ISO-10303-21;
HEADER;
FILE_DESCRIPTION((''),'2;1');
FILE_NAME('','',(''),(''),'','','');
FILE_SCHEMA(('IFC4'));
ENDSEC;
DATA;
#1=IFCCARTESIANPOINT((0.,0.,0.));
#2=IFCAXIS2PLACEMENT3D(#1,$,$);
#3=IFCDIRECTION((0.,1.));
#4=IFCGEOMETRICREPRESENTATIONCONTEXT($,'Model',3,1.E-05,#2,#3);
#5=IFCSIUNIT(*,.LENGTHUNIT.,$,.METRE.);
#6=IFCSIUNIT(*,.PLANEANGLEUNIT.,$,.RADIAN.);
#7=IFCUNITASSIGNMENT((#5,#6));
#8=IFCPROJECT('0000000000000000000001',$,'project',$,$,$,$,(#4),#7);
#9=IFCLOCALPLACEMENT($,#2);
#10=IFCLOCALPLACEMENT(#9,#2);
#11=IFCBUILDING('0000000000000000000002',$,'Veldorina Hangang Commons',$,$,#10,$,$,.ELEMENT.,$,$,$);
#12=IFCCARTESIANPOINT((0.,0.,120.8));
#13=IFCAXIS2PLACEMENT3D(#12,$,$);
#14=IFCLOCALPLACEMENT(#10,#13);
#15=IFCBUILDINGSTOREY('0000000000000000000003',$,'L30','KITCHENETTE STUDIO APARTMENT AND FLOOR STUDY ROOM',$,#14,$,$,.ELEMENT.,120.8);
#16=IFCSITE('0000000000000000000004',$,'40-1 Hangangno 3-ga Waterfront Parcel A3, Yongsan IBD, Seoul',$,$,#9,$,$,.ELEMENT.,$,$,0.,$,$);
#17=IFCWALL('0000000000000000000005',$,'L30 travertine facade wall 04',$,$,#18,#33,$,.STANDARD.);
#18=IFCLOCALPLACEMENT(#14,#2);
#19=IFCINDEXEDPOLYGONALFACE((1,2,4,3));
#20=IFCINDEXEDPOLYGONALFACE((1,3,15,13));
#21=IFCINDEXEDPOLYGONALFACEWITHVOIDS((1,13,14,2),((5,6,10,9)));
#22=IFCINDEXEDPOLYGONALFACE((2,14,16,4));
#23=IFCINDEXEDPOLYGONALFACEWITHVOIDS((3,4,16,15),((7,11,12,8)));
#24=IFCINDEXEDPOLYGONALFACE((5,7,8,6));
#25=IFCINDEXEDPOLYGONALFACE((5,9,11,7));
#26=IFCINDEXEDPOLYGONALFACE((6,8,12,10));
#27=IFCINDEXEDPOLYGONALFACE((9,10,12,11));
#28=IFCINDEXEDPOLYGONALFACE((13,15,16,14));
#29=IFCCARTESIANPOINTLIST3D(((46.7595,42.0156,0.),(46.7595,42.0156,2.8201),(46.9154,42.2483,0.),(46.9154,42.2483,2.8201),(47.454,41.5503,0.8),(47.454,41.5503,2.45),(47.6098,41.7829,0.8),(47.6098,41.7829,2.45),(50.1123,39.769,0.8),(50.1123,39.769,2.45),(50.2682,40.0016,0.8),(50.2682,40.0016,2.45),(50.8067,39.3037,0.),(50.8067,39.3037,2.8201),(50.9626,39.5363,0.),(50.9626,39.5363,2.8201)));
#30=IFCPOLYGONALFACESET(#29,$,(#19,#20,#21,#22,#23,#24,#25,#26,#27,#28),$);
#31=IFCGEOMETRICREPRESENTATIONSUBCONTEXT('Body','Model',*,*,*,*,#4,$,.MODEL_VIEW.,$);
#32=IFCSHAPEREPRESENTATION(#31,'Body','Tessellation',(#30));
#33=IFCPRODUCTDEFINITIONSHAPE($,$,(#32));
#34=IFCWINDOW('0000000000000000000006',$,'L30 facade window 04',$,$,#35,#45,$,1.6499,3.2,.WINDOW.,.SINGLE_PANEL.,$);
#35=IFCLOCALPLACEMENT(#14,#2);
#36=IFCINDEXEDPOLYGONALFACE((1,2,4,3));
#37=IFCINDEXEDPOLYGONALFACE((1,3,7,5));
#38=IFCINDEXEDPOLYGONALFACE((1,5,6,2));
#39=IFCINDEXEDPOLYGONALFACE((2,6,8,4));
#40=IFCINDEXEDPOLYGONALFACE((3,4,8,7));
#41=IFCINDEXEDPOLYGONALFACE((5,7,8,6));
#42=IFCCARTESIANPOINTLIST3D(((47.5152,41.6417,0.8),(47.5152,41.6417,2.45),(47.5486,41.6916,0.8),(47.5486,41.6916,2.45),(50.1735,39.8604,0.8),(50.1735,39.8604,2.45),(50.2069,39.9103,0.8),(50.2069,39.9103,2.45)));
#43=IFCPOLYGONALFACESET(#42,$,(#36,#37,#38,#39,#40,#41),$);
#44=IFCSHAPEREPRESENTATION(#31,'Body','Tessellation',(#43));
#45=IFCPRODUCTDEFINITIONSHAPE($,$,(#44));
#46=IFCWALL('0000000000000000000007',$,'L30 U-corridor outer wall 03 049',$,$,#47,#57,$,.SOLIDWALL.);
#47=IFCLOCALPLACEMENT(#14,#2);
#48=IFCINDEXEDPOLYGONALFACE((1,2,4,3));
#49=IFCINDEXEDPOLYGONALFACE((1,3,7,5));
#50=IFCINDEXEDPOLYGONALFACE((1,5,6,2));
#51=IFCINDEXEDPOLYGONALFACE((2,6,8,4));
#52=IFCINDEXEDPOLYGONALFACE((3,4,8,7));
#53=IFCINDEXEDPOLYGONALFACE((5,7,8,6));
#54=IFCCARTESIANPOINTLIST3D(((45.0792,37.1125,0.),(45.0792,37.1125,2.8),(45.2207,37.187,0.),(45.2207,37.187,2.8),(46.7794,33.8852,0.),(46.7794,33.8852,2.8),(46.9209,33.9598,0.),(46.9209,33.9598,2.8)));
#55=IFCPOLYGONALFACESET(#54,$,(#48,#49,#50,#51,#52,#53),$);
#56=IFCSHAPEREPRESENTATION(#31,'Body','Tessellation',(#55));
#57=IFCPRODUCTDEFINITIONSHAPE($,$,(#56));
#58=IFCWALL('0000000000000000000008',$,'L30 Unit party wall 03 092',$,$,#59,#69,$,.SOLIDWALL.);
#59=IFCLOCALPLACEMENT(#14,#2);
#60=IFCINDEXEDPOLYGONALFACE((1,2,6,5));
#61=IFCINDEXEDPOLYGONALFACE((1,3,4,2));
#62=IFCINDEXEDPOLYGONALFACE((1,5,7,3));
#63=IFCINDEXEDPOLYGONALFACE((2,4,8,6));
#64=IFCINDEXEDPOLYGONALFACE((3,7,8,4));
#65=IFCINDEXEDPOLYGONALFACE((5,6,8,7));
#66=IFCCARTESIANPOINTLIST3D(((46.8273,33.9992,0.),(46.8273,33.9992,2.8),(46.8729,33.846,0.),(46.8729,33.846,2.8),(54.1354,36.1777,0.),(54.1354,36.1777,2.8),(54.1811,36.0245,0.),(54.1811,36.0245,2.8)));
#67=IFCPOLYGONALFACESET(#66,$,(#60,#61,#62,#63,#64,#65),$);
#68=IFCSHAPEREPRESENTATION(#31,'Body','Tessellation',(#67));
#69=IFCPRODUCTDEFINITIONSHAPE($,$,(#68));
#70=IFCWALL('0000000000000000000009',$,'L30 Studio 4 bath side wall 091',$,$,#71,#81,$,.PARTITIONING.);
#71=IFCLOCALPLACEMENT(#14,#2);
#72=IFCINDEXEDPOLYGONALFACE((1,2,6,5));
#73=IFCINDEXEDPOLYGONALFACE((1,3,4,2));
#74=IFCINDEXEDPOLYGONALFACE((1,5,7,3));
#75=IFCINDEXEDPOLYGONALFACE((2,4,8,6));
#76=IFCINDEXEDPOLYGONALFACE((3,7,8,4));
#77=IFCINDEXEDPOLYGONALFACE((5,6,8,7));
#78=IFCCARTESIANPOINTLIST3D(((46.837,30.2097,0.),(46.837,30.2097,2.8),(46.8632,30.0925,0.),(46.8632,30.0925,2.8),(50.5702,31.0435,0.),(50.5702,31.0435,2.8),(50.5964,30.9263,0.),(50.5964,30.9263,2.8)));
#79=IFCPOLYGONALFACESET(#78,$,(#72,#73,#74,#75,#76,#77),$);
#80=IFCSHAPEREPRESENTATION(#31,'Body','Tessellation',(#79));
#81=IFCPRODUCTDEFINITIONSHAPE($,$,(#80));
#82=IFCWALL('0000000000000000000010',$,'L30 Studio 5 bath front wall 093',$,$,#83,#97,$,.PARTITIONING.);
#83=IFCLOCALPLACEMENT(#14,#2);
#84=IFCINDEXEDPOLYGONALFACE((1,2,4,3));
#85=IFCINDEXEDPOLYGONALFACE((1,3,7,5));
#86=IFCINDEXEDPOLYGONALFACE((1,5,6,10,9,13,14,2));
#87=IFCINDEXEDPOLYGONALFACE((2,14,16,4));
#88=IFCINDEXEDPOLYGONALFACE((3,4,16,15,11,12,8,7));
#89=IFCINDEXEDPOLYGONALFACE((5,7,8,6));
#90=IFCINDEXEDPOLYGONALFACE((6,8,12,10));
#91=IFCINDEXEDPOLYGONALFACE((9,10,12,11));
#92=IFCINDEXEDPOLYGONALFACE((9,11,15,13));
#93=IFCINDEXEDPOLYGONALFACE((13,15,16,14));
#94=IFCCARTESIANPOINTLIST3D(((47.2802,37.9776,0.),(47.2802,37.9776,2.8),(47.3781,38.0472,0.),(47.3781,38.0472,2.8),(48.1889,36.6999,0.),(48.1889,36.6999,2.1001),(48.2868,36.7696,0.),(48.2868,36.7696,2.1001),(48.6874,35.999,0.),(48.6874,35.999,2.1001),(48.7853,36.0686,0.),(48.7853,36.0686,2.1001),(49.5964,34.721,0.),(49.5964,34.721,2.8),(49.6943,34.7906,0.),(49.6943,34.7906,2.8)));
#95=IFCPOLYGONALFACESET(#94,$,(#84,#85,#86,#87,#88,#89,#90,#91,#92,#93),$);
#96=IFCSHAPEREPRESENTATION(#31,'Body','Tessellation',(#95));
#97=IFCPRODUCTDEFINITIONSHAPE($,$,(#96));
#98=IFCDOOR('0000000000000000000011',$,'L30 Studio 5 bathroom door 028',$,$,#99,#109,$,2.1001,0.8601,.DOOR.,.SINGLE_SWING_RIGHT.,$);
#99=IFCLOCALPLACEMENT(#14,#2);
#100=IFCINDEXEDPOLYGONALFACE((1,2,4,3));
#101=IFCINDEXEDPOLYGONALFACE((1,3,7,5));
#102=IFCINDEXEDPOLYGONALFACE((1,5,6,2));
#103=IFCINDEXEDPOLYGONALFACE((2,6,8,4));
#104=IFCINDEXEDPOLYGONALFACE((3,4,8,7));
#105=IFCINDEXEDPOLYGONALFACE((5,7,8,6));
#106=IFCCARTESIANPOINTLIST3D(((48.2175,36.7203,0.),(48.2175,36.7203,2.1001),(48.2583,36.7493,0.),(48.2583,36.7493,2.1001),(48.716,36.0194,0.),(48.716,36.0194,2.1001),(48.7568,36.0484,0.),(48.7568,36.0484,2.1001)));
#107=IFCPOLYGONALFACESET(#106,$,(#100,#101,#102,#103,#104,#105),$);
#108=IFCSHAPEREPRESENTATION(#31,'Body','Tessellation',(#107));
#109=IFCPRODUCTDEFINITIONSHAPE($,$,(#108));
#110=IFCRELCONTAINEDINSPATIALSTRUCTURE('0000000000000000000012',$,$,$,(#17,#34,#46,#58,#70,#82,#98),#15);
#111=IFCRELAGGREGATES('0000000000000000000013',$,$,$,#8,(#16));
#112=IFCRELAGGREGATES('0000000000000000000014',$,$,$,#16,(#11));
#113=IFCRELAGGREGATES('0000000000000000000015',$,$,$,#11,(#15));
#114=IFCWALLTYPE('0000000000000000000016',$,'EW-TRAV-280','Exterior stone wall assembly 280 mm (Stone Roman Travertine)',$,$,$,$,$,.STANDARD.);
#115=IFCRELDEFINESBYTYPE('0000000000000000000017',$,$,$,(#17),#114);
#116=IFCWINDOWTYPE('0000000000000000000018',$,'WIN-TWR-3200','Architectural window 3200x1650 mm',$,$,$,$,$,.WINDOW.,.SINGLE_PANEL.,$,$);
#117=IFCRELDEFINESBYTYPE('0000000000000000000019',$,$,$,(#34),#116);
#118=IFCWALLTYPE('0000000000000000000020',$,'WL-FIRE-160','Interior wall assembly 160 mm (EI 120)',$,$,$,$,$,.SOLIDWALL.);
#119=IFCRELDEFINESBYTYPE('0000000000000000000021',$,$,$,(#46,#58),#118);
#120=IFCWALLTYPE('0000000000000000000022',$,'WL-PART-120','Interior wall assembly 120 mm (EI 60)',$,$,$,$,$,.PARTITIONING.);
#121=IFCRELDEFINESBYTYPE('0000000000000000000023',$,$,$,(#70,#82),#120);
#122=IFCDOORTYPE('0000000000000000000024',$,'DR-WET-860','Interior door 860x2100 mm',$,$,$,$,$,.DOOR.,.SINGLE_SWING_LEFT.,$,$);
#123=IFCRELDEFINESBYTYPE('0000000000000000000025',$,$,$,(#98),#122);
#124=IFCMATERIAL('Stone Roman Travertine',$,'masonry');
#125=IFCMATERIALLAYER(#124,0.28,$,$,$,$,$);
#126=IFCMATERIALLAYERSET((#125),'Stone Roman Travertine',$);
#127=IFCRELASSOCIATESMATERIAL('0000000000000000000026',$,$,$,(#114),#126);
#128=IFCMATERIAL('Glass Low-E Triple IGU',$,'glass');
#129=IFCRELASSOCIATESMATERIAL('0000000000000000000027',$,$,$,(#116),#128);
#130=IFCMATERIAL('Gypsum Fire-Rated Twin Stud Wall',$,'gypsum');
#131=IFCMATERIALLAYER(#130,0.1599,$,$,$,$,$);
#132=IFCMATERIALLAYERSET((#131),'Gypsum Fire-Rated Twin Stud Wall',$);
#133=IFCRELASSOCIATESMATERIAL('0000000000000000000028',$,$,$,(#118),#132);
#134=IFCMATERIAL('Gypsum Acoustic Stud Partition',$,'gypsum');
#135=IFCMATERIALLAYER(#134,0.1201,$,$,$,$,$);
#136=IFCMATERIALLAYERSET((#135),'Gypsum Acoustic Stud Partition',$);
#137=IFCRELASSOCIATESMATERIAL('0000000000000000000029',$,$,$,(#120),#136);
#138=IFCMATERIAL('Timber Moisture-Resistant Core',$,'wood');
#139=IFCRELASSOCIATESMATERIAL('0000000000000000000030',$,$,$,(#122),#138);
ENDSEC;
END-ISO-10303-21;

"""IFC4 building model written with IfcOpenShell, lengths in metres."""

from ifc_helpers import new_model, si_unit, direction, frame, frame_2d, origin, place, context, subcontext, project, spatial, rectangle, extrude, material, layer, layer_set, type_object, element, fill, save


model = new_model("IFC4")

# Units and contexts
model_context = context("Model", 3, precision=1e-05, world=origin(), true_north=direction((0.0, 1.0)))
body_context = subcontext(model_context, "Body", "Model", "MODEL_VIEW")
ifc_project = project(units=[si_unit("LENGTHUNIT", "METRE"), si_unit("PLANEANGLEUNIT", "RADIAN")], contexts=[model_context])

# Site, building, storey
site_placement = place(None, origin())
site = spatial("IfcSite", under=ifc_project, at=site_placement, Name="40-1 Hangangno 3-ga Waterfront Parcel A3, Yongsan IBD, Seoul", CompositionType="ELEMENT", RefElevation=0.0)
building_placement = place(site_placement, origin())
building = spatial("IfcBuilding", under=site, at=building_placement, Name="Veldorina Hangang Commons", CompositionType="ELEMENT")
storey_placement = place(building_placement, frame((0.0, 0.0, 120.8)))
storey = spatial("IfcBuildingStorey", under=building, at=storey_placement, Name="L30", Description="KITCHENETTE STUDIO APARTMENT AND FLOOR STUDY ROOM", CompositionType="ELEMENT", Elevation=120.8)

# Shared definitions
ifc_material_1 = material(Name="Stone Roman Travertine", Category="masonry")
ifc_layer_1 = layer(ifc_material_1, 0.28)
ifc_layer_set_1 = layer_set([ifc_layer_1], Name="Stone Roman Travertine")
wall_type_1 = type_object("IfcWallType", Name="EW-TRAV-280", Description="Exterior stone wall assembly 280 mm (Stone Roman Travertine)", PredefinedType="STANDARD", material=ifc_layer_set_1)
ifc_material_2 = material(Name="Glass Low-E Triple IGU", Category="glass")
window_type = type_object("IfcWindowType", Name="WIN-TWR-3200", Description="Architectural window 3200x1650 mm", PartitioningType="SINGLE_PANEL", PredefinedType="WINDOW", material=ifc_material_2)

# Wall, opening, window
wall_1_placement = place(storey_placement, frame((50.8848, 39.4199, 0.0), z_axis=(0.0, 0.0, 1.0), x_axis=(-0.830737, 0.556665, 0.0)))
wall_1 = element("IfcWall", 1, at=wall_1_placement, inside=storey, type_object=wall_type_1, Name="L30 travertine facade wall 04", PredefinedType="STANDARD", context=body_context, shape_type="SweptSolid", body=[
    extrude(rectangle(XDim=4.8718, YDim=0.28, at=frame_2d((2.436, 0.0))), origin(), (0.0, 0.0, 1.0), 2.8201),
])
opening_1_placement = place(wall_1_placement, frame((0.8359, 0.0, 0.8)))
opening_1 = element("IfcOpeningElement", 2, at=opening_1_placement, cuts=wall_1, PredefinedType="OPENING", context=body_context, shape_type="SweptSolid", body=[
    extrude(rectangle(XDim=3.2, YDim=1.6499, at=frame_2d((1.6001, 0.825))), frame((0.0, 0.1499, 0.0), z_axis=(0.0, -1.0, 0.0), x_axis=(1.0, 0.0, 0.0)), (0.0, 0.0, 1.0), 0.3),
])
window_1_placement = place(opening_1_placement, origin())
window_1 = element("IfcWindow", 3, at=window_1_placement, inside=storey, type_object=window_type, Name="L30 facade window 04", OverallHeight=1.6499, OverallWidth=3.2, PartitioningType="SINGLE_PANEL", PredefinedType="WINDOW", context=body_context, shape_type="SweptSolid", body=[
    extrude(rectangle(XDim=3.2, YDim=1.6499, at=frame_2d((1.6001, 0.825))), frame((0.0, 0.03, 0.0), z_axis=(0.0, -1.0, 0.0), x_axis=(1.0, 0.0, 0.0)), (0.0, 0.0, 1.0), 0.0601),
])
fill(opening_1, window_1)

# Walls
ifc_material_3 = material(Name="Gypsum Fire-Rated Twin Stud Wall", Category="gypsum")
ifc_layer_2 = layer(ifc_material_3, 0.1599)
ifc_layer_set_2 = layer_set([ifc_layer_2], Name="Gypsum Fire-Rated Twin Stud Wall")
wall_type_2 = type_object("IfcWallType", Name="WL-FIRE-160", Description="Interior wall assembly 160 mm (EI 120)", PredefinedType="SOLIDWALL", material=ifc_layer_set_2)
wall_2_placement = place(storey_placement, frame((46.8501, 33.9226, 0.0), z_axis=(0.0, 0.0, 1.0), x_axis=(-0.466094, 0.884735, 0.0)))
element("IfcWall", 4, at=wall_2_placement, inside=storey, type_object=wall_type_2, Name="L30 U-corridor outer wall 03 049", PredefinedType="SOLIDWALL", context=body_context, shape_type="SweptSolid", body=[
    extrude(rectangle(XDim=3.6477, YDim=0.1599, at=frame_2d((1.8237, 0.0))), origin(), (0.0, 0.0, 1.0), 2.8),
])
wall_3_placement = place(storey_placement, frame((46.8501, 33.9226, 0.0), z_axis=(0.0, 0.0, 1.0), x_axis=(0.958329, 0.285667, 0.0)))
element("IfcWall", 5, at=wall_3_placement, inside=storey, type_object=wall_type_2, Name="L30 Unit party wall 03 092", PredefinedType="SOLIDWALL", context=body_context, shape_type="SweptSolid", body=[
    extrude(rectangle(XDim=7.626, YDim=0.1599, at=frame_2d((3.813, 0.0))), origin(), (0.0, 0.0, 1.0), 2.8),
])
ifc_material_4 = material(Name="Gypsum Acoustic Stud Partition", Category="gypsum")
ifc_layer_3 = layer(ifc_material_4, 0.1201)
ifc_layer_set_3 = layer_set([ifc_layer_3], Name="Gypsum Acoustic Stud Partition")
wall_type_3 = type_object("IfcWallType", Name="WL-PART-120", Description="Interior wall assembly 120 mm (EI 60)", PredefinedType="PARTITIONING", material=ifc_layer_set_3)
wall_4_placement = place(storey_placement, frame((46.8501, 30.1511, 0.0), z_axis=(0.0, 0.0, 1.0), x_axis=(0.975957, 0.217964, 0.0)))
element("IfcWall", 6, at=wall_4_placement, inside=storey, type_object=wall_type_3, Name="L30 Studio 4 bath side wall 091", PredefinedType="PARTITIONING", context=body_context, shape_type="SweptSolid", body=[
    extrude(rectangle(XDim=3.8252, YDim=0.1201, at=frame_2d((1.9126, 0.0))), origin(), (0.0, 0.0, 1.0), 2.8),
])

# Wall, opening, door
wall_5_placement = place(storey_placement, frame((49.6453, 34.7559, 0.0), z_axis=(0.0, 0.0, 1.0), x_axis=(-0.579584, 0.814912, 0.0)))
wall_5 = element("IfcWall", 7, at=wall_5_placement, inside=storey, type_object=wall_type_3, Name="L30 Studio 5 bath front wall 093", PredefinedType="PARTITIONING", context=body_context, shape_type="SweptSolid", body=[
    extrude(rectangle(XDim=3.9963, YDim=0.1201, at=frame_2d((1.998, 0.0))), origin(), (0.0, 0.0, 1.0), 2.8),
])
opening_2_placement = place(wall_5_placement, frame((1.5681, 0.0, 0.0)))
opening_2 = element("IfcOpeningElement", 8, at=opening_2_placement, cuts=wall_5, PredefinedType="OPENING", context=body_context, shape_type="SweptSolid", body=[
    extrude(rectangle(XDim=0.8601, YDim=2.1001, at=frame_2d((0.4302, 1.05))), frame((0.0, 0.0701, 0.0), z_axis=(0.0, -1.0, 0.0), x_axis=(1.0, 0.0, 0.0)), (0.0, 0.0, 1.0), 0.1401),
])
ifc_material_5 = material(Name="Timber Moisture-Resistant Core", Category="wood")
door_type = type_object("IfcDoorType", Name="DR-WET-860", Description="Interior door 860x2100 mm", OperationType="SINGLE_SWING_LEFT", PredefinedType="DOOR", material=ifc_material_5)
door_placement = place(opening_2_placement, origin())
door = element("IfcDoor", 9, at=door_placement, inside=storey, type_object=door_type, Name="L30 Studio 5 bathroom door 028", OperationType="SINGLE_SWING_RIGHT", OverallHeight=2.1001, OverallWidth=0.8601, PredefinedType="DOOR", context=body_context, shape_type="SweptSolid", body=[
    extrude(rectangle(XDim=0.8601, YDim=2.1001, at=frame_2d((0.4302, 1.05))), frame((0.0, 0.0249, 0.0), z_axis=(0.0, -1.0, 0.0), x_axis=(1.0, 0.0, 0.0)), (0.0, 0.0, 1.0), 0.05),
])
fill(opening_2, door)

save(model, "model.ifc")
